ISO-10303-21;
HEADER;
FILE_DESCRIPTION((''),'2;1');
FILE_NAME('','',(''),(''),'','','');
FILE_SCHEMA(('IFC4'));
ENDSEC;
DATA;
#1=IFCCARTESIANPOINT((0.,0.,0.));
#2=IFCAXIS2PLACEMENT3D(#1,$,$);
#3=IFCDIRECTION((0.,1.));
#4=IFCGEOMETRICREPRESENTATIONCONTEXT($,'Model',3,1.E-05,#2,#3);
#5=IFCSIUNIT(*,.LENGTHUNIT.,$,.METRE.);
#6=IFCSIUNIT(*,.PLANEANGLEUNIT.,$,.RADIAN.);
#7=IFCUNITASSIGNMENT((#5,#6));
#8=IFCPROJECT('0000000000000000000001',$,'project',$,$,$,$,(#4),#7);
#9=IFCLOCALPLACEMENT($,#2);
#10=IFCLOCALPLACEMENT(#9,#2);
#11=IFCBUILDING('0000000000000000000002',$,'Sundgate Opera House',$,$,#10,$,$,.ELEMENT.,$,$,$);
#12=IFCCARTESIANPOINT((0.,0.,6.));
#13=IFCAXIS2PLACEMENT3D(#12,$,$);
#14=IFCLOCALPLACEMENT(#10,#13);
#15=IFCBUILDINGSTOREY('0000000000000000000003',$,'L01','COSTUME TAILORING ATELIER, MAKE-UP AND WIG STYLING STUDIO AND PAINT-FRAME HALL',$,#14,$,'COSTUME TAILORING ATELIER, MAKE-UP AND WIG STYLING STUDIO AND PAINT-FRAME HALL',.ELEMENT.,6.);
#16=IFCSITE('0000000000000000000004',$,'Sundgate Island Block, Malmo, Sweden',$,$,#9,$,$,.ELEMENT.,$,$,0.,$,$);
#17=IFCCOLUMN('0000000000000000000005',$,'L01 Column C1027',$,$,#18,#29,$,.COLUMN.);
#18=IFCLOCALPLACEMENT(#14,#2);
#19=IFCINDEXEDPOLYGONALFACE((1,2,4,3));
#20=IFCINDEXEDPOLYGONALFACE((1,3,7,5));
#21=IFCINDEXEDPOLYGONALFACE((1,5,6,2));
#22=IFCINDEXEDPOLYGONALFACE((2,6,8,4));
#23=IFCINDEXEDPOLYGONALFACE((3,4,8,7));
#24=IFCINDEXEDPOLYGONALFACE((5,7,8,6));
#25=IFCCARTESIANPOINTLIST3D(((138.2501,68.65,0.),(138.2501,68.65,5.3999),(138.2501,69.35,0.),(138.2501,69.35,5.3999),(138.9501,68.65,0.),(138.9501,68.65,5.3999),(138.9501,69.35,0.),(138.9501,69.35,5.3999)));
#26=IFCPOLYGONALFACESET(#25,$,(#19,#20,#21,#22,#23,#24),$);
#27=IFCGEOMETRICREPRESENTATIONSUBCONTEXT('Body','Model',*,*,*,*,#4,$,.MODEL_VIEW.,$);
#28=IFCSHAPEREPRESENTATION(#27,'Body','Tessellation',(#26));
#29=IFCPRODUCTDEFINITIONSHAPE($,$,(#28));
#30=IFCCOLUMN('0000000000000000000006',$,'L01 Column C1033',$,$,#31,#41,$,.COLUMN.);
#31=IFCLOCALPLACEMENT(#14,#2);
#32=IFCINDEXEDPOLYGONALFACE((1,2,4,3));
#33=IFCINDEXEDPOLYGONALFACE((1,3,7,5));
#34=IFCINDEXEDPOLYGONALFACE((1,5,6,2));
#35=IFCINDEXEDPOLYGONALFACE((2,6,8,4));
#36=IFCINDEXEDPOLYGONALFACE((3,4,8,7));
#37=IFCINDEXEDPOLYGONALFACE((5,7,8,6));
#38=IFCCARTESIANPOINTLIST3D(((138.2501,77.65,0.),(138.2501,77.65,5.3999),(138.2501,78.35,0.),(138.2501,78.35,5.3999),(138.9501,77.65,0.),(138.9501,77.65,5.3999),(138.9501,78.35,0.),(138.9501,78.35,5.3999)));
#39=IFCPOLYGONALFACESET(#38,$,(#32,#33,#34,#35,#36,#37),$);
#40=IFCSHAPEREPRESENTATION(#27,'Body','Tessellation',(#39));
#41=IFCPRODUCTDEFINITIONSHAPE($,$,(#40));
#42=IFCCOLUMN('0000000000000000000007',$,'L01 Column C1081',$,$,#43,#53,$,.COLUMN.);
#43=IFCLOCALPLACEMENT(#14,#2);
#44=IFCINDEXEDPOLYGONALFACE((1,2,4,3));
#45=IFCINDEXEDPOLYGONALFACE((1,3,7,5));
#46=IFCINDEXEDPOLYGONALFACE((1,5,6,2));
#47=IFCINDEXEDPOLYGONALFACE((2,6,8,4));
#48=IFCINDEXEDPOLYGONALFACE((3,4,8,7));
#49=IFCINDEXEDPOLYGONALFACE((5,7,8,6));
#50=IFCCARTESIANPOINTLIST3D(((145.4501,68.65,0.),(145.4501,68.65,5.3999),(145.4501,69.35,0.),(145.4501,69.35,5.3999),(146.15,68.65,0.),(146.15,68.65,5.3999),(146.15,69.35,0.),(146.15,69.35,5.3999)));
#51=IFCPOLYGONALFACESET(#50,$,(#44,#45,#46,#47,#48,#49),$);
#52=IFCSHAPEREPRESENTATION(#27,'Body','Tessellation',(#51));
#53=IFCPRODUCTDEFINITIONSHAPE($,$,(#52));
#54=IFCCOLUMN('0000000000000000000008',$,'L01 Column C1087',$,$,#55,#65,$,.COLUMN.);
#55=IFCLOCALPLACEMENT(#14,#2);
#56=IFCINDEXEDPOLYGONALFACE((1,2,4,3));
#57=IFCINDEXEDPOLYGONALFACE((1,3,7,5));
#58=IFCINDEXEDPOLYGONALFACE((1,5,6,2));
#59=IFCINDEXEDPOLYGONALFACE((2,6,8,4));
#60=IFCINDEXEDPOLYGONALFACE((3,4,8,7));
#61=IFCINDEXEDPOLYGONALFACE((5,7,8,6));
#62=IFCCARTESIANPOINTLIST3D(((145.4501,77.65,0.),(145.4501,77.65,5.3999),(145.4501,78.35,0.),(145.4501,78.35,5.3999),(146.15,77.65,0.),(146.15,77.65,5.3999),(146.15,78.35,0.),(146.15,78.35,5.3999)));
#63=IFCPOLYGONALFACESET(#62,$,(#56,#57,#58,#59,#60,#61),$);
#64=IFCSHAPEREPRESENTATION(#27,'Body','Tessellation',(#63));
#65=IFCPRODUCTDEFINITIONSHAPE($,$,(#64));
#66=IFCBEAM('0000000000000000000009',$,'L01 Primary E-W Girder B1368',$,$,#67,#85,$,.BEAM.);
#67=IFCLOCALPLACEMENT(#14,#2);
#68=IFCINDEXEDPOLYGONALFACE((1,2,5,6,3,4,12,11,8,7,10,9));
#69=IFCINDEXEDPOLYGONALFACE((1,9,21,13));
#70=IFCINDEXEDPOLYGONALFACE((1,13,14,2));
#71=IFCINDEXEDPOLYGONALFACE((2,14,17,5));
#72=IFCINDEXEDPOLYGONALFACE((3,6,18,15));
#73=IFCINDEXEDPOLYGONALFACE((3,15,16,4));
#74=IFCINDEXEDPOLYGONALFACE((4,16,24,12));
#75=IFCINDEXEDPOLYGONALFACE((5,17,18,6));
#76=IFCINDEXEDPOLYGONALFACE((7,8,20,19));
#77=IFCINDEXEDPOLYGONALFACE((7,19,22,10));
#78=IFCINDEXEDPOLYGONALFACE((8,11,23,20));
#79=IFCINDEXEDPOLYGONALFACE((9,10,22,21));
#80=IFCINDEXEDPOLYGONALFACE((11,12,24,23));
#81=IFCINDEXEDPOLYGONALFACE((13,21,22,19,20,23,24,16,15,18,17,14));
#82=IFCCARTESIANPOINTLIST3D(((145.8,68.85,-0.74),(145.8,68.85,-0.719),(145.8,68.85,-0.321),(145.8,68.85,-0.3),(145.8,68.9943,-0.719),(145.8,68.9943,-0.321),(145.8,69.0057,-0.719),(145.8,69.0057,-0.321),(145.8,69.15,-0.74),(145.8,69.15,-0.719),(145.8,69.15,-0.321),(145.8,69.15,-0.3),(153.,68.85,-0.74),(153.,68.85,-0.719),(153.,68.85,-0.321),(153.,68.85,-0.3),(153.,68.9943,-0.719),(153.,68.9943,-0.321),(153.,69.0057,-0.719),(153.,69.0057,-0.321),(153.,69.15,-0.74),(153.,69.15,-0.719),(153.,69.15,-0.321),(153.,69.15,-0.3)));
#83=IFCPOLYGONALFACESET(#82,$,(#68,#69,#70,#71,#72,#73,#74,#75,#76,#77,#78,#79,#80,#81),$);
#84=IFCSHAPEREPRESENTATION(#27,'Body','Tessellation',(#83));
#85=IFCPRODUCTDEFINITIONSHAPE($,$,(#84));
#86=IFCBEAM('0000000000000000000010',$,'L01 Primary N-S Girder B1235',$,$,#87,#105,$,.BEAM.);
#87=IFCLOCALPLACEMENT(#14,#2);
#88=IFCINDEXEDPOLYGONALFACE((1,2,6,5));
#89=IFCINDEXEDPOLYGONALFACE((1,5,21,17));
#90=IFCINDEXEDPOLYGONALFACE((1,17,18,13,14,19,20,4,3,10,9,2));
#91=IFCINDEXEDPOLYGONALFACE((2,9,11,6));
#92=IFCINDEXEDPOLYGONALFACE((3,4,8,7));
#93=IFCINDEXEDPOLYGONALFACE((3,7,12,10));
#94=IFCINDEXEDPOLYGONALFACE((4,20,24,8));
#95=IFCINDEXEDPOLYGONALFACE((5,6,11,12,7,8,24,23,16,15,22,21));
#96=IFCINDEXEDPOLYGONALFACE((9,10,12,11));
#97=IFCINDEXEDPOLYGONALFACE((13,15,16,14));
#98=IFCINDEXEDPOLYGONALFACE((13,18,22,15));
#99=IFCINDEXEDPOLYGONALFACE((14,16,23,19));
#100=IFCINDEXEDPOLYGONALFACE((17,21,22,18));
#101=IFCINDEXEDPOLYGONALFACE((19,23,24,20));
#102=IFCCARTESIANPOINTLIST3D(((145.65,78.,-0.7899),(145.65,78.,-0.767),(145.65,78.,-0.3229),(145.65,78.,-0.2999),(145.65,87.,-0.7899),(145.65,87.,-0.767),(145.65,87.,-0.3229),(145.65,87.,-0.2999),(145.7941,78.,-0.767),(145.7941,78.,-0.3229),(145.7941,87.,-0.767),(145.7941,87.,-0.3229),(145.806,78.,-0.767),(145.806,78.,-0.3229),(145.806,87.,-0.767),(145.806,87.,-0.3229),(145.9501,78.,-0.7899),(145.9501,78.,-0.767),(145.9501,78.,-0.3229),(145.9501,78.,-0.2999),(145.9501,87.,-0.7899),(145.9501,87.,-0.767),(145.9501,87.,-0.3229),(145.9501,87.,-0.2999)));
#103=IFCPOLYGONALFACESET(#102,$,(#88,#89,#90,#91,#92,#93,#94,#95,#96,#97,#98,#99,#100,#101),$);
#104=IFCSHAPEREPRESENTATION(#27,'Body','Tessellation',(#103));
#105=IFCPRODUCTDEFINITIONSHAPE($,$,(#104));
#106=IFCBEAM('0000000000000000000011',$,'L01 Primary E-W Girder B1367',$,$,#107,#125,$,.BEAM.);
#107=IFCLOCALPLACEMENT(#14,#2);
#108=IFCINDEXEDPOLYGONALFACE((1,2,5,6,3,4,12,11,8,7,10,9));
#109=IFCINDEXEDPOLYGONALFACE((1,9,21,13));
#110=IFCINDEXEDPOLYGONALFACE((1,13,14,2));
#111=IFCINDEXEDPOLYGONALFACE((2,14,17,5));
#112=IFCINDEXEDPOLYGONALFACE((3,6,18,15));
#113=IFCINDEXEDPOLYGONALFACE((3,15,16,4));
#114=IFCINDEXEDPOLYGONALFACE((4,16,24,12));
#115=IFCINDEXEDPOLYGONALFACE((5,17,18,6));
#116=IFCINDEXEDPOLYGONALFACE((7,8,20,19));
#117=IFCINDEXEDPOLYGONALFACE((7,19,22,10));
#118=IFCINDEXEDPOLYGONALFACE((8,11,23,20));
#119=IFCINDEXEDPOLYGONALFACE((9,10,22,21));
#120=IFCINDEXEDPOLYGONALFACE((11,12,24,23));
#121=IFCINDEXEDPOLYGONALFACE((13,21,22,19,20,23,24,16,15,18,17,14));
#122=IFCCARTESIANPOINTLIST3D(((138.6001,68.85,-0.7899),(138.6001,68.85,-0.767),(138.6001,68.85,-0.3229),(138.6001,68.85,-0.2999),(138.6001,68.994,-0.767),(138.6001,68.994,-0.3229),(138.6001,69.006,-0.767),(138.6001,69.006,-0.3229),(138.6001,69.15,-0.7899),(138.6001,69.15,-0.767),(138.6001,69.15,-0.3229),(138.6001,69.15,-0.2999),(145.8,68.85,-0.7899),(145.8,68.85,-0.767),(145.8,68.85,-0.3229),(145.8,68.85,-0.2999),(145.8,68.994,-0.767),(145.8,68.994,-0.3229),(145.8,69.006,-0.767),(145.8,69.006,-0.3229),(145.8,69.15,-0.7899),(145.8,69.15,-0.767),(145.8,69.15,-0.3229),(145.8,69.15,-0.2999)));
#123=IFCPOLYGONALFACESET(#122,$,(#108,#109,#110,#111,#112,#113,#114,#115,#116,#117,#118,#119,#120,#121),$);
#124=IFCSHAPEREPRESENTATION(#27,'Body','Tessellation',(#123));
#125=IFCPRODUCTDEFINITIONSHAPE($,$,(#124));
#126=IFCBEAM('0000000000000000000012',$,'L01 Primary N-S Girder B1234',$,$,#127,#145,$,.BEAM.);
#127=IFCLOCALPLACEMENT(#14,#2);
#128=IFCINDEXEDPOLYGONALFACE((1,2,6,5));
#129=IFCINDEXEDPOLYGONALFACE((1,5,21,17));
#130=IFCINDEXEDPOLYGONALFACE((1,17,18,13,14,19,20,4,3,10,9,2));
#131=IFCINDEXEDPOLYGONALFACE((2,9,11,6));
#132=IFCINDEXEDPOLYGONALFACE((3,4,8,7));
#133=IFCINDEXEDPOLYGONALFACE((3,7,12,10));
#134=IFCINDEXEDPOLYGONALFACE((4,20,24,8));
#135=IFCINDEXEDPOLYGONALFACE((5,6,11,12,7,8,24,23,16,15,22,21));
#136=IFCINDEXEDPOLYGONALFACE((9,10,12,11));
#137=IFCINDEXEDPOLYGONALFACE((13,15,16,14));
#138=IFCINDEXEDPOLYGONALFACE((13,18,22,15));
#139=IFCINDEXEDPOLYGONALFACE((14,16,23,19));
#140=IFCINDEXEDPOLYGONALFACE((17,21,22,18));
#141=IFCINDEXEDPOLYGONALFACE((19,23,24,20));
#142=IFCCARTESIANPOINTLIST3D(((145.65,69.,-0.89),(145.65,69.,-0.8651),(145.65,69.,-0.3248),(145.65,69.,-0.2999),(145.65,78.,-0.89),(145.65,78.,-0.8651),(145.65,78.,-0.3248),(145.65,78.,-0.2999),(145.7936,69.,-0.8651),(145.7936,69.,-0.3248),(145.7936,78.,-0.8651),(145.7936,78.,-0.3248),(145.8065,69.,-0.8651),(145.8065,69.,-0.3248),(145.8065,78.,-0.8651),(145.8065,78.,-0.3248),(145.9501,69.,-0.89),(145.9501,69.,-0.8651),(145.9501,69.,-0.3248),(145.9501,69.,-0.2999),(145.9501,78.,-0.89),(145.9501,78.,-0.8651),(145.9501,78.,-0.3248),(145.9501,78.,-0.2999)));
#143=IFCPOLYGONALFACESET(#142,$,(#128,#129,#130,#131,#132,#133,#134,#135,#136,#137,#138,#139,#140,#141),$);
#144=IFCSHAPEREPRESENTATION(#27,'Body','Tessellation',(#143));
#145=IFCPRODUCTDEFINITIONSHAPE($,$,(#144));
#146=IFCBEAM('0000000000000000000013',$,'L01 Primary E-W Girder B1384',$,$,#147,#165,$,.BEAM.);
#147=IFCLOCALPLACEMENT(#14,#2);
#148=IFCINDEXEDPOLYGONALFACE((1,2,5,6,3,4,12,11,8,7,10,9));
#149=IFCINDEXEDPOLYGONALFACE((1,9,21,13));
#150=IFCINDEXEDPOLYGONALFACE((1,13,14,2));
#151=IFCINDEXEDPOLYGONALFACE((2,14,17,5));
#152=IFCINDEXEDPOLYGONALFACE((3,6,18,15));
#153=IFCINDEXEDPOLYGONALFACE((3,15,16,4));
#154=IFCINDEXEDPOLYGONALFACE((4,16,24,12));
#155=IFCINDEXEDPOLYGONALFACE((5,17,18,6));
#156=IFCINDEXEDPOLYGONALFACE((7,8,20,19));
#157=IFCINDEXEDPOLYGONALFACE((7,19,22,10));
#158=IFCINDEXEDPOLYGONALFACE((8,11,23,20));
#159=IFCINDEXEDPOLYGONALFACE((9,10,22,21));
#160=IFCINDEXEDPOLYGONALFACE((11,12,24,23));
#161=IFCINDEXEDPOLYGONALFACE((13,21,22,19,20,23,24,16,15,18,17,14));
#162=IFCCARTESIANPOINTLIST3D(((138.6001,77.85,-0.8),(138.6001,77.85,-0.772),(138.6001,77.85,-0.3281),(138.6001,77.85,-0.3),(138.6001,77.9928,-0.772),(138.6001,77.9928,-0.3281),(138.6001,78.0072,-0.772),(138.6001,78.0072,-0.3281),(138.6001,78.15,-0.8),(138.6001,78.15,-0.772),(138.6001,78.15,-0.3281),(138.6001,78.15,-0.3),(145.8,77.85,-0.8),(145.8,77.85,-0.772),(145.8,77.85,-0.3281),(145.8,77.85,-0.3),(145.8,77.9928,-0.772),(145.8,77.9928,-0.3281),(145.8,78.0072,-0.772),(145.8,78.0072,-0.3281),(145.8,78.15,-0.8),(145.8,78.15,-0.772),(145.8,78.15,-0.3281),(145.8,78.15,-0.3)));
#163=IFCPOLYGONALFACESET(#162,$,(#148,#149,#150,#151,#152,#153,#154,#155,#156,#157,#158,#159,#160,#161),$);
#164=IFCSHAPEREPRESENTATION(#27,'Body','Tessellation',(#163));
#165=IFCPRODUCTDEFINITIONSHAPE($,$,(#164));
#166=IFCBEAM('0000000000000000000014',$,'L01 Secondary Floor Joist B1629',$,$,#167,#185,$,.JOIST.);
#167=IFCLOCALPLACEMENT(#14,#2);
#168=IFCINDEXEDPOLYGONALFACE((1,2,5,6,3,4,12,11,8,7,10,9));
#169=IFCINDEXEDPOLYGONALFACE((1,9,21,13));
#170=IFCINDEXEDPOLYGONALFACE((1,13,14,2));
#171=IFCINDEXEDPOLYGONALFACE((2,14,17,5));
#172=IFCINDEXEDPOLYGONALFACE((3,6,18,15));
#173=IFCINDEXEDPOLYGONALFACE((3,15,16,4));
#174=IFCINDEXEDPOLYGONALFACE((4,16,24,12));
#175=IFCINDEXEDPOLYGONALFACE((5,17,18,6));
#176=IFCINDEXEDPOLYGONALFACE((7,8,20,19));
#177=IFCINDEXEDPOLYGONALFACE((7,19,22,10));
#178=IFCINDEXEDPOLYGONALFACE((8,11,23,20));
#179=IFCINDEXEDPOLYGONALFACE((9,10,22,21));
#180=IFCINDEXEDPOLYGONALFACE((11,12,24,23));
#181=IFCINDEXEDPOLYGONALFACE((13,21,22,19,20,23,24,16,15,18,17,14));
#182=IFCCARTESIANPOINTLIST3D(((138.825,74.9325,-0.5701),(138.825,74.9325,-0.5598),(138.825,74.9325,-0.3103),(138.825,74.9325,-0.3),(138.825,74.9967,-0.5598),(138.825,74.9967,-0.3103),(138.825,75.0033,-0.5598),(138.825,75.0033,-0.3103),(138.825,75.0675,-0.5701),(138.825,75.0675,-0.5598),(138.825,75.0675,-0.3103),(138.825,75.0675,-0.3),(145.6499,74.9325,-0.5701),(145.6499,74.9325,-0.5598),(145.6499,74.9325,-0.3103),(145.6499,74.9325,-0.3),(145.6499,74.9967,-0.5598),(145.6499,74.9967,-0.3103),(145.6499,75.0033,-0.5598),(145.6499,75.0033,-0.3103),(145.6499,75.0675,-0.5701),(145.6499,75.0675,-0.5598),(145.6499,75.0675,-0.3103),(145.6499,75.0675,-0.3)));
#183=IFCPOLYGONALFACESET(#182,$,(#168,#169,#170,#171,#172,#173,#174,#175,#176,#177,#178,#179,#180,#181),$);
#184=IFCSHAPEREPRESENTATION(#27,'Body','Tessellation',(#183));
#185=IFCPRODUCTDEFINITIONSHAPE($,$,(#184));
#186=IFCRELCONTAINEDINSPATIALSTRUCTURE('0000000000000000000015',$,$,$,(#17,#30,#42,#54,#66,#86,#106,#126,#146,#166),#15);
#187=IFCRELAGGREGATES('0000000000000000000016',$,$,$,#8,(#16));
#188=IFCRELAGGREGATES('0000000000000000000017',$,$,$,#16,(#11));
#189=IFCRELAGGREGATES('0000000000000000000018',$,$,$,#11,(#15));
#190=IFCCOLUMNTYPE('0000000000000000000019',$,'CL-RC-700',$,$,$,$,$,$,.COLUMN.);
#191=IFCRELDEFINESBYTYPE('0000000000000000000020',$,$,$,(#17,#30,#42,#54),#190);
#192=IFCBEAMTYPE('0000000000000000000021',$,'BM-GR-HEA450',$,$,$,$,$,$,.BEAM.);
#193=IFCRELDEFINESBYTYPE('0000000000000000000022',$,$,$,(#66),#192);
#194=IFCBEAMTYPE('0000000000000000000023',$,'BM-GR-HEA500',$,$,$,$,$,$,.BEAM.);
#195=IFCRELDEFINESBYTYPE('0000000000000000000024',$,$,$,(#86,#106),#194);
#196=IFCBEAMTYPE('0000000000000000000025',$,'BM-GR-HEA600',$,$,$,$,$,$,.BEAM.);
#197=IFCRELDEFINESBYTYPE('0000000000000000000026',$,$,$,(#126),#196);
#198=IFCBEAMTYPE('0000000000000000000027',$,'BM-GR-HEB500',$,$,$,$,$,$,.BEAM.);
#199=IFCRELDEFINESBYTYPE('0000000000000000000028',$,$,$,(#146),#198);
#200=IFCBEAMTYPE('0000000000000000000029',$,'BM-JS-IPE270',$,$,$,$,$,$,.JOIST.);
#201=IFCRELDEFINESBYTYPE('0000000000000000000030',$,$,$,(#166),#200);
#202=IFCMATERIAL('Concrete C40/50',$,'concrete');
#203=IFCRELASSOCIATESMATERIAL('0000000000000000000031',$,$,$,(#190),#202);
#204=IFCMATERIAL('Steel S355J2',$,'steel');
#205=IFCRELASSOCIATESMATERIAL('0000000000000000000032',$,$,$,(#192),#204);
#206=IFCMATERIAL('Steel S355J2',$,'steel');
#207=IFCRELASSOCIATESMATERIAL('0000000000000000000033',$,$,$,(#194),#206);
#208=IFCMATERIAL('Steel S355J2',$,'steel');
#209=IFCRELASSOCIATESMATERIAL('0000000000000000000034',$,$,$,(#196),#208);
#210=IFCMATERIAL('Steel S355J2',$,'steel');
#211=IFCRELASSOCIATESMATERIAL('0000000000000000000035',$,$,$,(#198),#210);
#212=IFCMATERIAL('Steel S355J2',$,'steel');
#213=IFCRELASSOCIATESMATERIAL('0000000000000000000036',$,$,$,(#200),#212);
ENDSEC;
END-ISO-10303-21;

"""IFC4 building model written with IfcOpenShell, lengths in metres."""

from ifc_helpers import new_model, si_unit, direction, frame, origin, origin_2d, place, context, subcontext, project, spatial, rectangle, i_section, extrude, material, material_profile, profile_set, type_object, element, save


model = new_model("IFC4")

# Units and contexts
model_context = context("Model", 3, precision=1e-05, world=origin(), true_north=direction((0.0, 1.0)))
body_context = subcontext(model_context, "Body", "Model", "MODEL_VIEW")
ifc_project = project(units=[si_unit("LENGTHUNIT", "METRE"), si_unit("PLANEANGLEUNIT", "RADIAN")], contexts=[model_context])

# Site, building, storey
site_placement = place(None, origin())
site = spatial("IfcSite", under=ifc_project, at=site_placement, Name="Sundgate Island Block, Malmo, Sweden", CompositionType="ELEMENT", RefElevation=0.0)
building_placement = place(site_placement, origin())
building = spatial("IfcBuilding", under=site, at=building_placement, Name="Sundgate Opera House", CompositionType="ELEMENT")
storey_placement = place(building_placement, frame((0.0, 0.0, 6.0)))
storey = spatial("IfcBuildingStorey", under=building, at=storey_placement, Name="L01", Description="COSTUME TAILORING ATELIER, MAKE-UP AND WIG STYLING STUDIO AND PAINT-FRAME HALL", LongName="COSTUME TAILORING ATELIER, MAKE-UP AND WIG STYLING STUDIO AND PAINT-FRAME HALL", CompositionType="ELEMENT", Elevation=6.0)

# Columns
ifc_material_1 = material(Name="Concrete C40/50", Category="concrete")
ifc_material_profile_1 = material_profile(ifc_material_1, rectangle(XDim=0.7, YDim=0.7, at=origin_2d()), Name="RC 700x700")
ifc_profile_set_1 = profile_set([ifc_material_profile_1], Name="Concrete C40/50")
column_type = type_object("IfcColumnType", Name="CL-RC-700", PredefinedType="COLUMN", material=ifc_profile_set_1)
for number, where, z_axis, x_axis, name in (
    (1, (138.6001, 69.0, 0.0), (0.0, 0.0, 1.0), (1.0, 0.0, 0.0), "L01 Column C1027"),
    (2, (138.6001, 78.0, 0.0), (0.0, 0.0, 1.0), (1.0, 0.0, 0.0), "L01 Column C1033"),
    (3, (145.8, 69.0, 0.0), (0.0, 0.0, 1.0), (1.0, 0.0, 0.0), "L01 Column C1081"),
    (4, (145.8, 78.0, 0.0), (0.0, 0.0, 1.0), (1.0, 0.0, 0.0), "L01 Column C1087"),
):
    element("IfcColumn", number, at=place(storey_placement, frame(where, z_axis=z_axis, x_axis=x_axis)), inside=storey, type_object=column_type, Name=name, PredefinedType="COLUMN", context=body_context, shape_type="SweptSolid", body=[
        extrude(rectangle(XDim=0.7, YDim=0.7, at=origin_2d()), origin(), (0.0, 0.0, 1.0), 5.3999),
    ])

# Beams
ifc_material_2 = material(Name="Steel S355J2", Category="steel")
ifc_material_profile_2 = material_profile(ifc_material_2, i_section(OverallWidth=0.3, OverallDepth=0.4399, WebThickness=0.0115, FlangeThickness=0.021, at=origin_2d()), Name="HEA 450")
ifc_profile_set_2 = profile_set([ifc_material_profile_2], Name="Steel S355J2")
beam_type_1 = type_object("IfcBeamType", Name="BM-GR-HEA450", PredefinedType="BEAM", material=ifc_profile_set_2)
beam_1_placement = place(storey_placement, frame((145.8, 69.0, -0.52), z_axis=(1.0, 0.0, 0.0), x_axis=(0.0, 1.0, 0.0)))
element("IfcBeam", 5, at=beam_1_placement, inside=storey, type_object=beam_type_1, Name="L01 Primary E-W Girder B1368", PredefinedType="BEAM", context=body_context, shape_type="SweptSolid", body=[
    extrude(i_section(OverallWidth=0.3, OverallDepth=0.4399, WebThickness=0.0115, FlangeThickness=0.021, at=origin_2d()), origin(), (0.0, 0.0, 1.0), 7.2),
])
ifc_material_3 = material(Name="Steel S355J2", Category="steel")
ifc_material_profile_3 = material_profile(ifc_material_3, i_section(OverallWidth=0.3, OverallDepth=0.49, WebThickness=0.012, FlangeThickness=0.0229, at=origin_2d()), Name="HEA 500")
ifc_profile_set_3 = profile_set([ifc_material_profile_3], Name="Steel S355J2")
beam_type_2 = type_object("IfcBeamType", Name="BM-GR-HEA500", PredefinedType="BEAM", material=ifc_profile_set_3)
beam_2_placement = place(storey_placement, frame((145.8, 78.0, -0.5449), z_axis=(0.0, 1.0, 0.0), x_axis=(-1.0, 0.0, 0.0)))
element("IfcBeam", 6, at=beam_2_placement, inside=storey, type_object=beam_type_2, Name="L01 Primary N-S Girder B1235", PredefinedType="BEAM", context=body_context, shape_type="SweptSolid", body=[
    extrude(i_section(OverallWidth=0.3, OverallDepth=0.49, WebThickness=0.012, FlangeThickness=0.0229, at=origin_2d()), origin(), (0.0, 0.0, 1.0), 9.0),
])
beam_3_placement = place(storey_placement, frame((138.6001, 69.0, -0.5449), z_axis=(1.0, 0.0, 0.0), x_axis=(0.0, 1.0, 0.0)))
element("IfcBeam", 7, at=beam_3_placement, inside=storey, type_object=beam_type_2, Name="L01 Primary E-W Girder B1367", PredefinedType="BEAM", context=body_context, shape_type="SweptSolid", body=[
    extrude(i_section(OverallWidth=0.3, OverallDepth=0.49, WebThickness=0.012, FlangeThickness=0.0229, at=origin_2d()), origin(), (0.0, 0.0, 1.0), 7.2),
])
ifc_material_4 = material(Name="Steel S355J2", Category="steel")
ifc_material_profile_4 = material_profile(ifc_material_4, i_section(OverallWidth=0.3, OverallDepth=0.5901, WebThickness=0.0129, FlangeThickness=0.0249, at=origin_2d()), Name="HEA 600")
ifc_profile_set_4 = profile_set([ifc_material_profile_4], Name="Steel S355J2")
beam_type_3 = type_object("IfcBeamType", Name="BM-GR-HEA600", PredefinedType="BEAM", material=ifc_profile_set_4)
beam_4_placement = place(storey_placement, frame((145.8, 69.0, -0.595), z_axis=(0.0, 1.0, 0.0), x_axis=(-1.0, 0.0, 0.0)))
element("IfcBeam", 8, at=beam_4_placement, inside=storey, type_object=beam_type_3, Name="L01 Primary N-S Girder B1234", PredefinedType="BEAM", context=body_context, shape_type="SweptSolid", body=[
    extrude(i_section(OverallWidth=0.3, OverallDepth=0.5901, WebThickness=0.0129, FlangeThickness=0.0249, at=origin_2d()), origin(), (0.0, 0.0, 1.0), 9.0),
])
ifc_material_5 = material(Name="Steel S355J2", Category="steel")
ifc_material_profile_5 = material_profile(ifc_material_5, i_section(OverallWidth=0.3, OverallDepth=0.5, WebThickness=0.0144, FlangeThickness=0.0281, at=origin_2d()), Name="HEB 500")
ifc_profile_set_5 = profile_set([ifc_material_profile_5], Name="Steel S355J2")
beam_type_4 = type_object("IfcBeamType", Name="BM-GR-HEB500", PredefinedType="BEAM", material=ifc_profile_set_5)
beam_5_placement = place(storey_placement, frame((138.6001, 78.0, -0.55), z_axis=(1.0, 0.0, 0.0), x_axis=(0.0, 1.0, 0.0)))
element("IfcBeam", 9, at=beam_5_placement, inside=storey, type_object=beam_type_4, Name="L01 Primary E-W Girder B1384", PredefinedType="BEAM", context=body_context, shape_type="SweptSolid", body=[
    extrude(i_section(OverallWidth=0.3, OverallDepth=0.5, WebThickness=0.0144, FlangeThickness=0.0281, at=origin_2d()), origin(), (0.0, 0.0, 1.0), 7.2),
])
ifc_material_6 = material(Name="Steel S355J2", Category="steel")
ifc_material_profile_6 = material_profile(ifc_material_6, i_section(OverallWidth=0.135, OverallDepth=0.27, WebThickness=0.0066, FlangeThickness=0.0103, at=origin_2d()), Name="IPE 270")
ifc_profile_set_6 = profile_set([ifc_material_profile_6], Name="Steel S355J2")
beam_type_5 = type_object("IfcBeamType", Name="BM-JS-IPE270", PredefinedType="JOIST", material=ifc_profile_set_6)
beam_6_placement = place(storey_placement, frame((138.825, 75.0, -0.4351), z_axis=(1.0, 0.0, 0.0), x_axis=(0.0, 1.0, 0.0)))
element("IfcBeam", 10, at=beam_6_placement, inside=storey, type_object=beam_type_5, Name="L01 Secondary Floor Joist B1629", PredefinedType="JOIST", context=body_context, shape_type="SweptSolid", body=[
    extrude(i_section(OverallWidth=0.135, OverallDepth=0.27, WebThickness=0.0066, FlangeThickness=0.0103, at=origin_2d()), origin(), (0.0, 0.0, 1.0), 6.825),
])

save(model, "model.ifc")
